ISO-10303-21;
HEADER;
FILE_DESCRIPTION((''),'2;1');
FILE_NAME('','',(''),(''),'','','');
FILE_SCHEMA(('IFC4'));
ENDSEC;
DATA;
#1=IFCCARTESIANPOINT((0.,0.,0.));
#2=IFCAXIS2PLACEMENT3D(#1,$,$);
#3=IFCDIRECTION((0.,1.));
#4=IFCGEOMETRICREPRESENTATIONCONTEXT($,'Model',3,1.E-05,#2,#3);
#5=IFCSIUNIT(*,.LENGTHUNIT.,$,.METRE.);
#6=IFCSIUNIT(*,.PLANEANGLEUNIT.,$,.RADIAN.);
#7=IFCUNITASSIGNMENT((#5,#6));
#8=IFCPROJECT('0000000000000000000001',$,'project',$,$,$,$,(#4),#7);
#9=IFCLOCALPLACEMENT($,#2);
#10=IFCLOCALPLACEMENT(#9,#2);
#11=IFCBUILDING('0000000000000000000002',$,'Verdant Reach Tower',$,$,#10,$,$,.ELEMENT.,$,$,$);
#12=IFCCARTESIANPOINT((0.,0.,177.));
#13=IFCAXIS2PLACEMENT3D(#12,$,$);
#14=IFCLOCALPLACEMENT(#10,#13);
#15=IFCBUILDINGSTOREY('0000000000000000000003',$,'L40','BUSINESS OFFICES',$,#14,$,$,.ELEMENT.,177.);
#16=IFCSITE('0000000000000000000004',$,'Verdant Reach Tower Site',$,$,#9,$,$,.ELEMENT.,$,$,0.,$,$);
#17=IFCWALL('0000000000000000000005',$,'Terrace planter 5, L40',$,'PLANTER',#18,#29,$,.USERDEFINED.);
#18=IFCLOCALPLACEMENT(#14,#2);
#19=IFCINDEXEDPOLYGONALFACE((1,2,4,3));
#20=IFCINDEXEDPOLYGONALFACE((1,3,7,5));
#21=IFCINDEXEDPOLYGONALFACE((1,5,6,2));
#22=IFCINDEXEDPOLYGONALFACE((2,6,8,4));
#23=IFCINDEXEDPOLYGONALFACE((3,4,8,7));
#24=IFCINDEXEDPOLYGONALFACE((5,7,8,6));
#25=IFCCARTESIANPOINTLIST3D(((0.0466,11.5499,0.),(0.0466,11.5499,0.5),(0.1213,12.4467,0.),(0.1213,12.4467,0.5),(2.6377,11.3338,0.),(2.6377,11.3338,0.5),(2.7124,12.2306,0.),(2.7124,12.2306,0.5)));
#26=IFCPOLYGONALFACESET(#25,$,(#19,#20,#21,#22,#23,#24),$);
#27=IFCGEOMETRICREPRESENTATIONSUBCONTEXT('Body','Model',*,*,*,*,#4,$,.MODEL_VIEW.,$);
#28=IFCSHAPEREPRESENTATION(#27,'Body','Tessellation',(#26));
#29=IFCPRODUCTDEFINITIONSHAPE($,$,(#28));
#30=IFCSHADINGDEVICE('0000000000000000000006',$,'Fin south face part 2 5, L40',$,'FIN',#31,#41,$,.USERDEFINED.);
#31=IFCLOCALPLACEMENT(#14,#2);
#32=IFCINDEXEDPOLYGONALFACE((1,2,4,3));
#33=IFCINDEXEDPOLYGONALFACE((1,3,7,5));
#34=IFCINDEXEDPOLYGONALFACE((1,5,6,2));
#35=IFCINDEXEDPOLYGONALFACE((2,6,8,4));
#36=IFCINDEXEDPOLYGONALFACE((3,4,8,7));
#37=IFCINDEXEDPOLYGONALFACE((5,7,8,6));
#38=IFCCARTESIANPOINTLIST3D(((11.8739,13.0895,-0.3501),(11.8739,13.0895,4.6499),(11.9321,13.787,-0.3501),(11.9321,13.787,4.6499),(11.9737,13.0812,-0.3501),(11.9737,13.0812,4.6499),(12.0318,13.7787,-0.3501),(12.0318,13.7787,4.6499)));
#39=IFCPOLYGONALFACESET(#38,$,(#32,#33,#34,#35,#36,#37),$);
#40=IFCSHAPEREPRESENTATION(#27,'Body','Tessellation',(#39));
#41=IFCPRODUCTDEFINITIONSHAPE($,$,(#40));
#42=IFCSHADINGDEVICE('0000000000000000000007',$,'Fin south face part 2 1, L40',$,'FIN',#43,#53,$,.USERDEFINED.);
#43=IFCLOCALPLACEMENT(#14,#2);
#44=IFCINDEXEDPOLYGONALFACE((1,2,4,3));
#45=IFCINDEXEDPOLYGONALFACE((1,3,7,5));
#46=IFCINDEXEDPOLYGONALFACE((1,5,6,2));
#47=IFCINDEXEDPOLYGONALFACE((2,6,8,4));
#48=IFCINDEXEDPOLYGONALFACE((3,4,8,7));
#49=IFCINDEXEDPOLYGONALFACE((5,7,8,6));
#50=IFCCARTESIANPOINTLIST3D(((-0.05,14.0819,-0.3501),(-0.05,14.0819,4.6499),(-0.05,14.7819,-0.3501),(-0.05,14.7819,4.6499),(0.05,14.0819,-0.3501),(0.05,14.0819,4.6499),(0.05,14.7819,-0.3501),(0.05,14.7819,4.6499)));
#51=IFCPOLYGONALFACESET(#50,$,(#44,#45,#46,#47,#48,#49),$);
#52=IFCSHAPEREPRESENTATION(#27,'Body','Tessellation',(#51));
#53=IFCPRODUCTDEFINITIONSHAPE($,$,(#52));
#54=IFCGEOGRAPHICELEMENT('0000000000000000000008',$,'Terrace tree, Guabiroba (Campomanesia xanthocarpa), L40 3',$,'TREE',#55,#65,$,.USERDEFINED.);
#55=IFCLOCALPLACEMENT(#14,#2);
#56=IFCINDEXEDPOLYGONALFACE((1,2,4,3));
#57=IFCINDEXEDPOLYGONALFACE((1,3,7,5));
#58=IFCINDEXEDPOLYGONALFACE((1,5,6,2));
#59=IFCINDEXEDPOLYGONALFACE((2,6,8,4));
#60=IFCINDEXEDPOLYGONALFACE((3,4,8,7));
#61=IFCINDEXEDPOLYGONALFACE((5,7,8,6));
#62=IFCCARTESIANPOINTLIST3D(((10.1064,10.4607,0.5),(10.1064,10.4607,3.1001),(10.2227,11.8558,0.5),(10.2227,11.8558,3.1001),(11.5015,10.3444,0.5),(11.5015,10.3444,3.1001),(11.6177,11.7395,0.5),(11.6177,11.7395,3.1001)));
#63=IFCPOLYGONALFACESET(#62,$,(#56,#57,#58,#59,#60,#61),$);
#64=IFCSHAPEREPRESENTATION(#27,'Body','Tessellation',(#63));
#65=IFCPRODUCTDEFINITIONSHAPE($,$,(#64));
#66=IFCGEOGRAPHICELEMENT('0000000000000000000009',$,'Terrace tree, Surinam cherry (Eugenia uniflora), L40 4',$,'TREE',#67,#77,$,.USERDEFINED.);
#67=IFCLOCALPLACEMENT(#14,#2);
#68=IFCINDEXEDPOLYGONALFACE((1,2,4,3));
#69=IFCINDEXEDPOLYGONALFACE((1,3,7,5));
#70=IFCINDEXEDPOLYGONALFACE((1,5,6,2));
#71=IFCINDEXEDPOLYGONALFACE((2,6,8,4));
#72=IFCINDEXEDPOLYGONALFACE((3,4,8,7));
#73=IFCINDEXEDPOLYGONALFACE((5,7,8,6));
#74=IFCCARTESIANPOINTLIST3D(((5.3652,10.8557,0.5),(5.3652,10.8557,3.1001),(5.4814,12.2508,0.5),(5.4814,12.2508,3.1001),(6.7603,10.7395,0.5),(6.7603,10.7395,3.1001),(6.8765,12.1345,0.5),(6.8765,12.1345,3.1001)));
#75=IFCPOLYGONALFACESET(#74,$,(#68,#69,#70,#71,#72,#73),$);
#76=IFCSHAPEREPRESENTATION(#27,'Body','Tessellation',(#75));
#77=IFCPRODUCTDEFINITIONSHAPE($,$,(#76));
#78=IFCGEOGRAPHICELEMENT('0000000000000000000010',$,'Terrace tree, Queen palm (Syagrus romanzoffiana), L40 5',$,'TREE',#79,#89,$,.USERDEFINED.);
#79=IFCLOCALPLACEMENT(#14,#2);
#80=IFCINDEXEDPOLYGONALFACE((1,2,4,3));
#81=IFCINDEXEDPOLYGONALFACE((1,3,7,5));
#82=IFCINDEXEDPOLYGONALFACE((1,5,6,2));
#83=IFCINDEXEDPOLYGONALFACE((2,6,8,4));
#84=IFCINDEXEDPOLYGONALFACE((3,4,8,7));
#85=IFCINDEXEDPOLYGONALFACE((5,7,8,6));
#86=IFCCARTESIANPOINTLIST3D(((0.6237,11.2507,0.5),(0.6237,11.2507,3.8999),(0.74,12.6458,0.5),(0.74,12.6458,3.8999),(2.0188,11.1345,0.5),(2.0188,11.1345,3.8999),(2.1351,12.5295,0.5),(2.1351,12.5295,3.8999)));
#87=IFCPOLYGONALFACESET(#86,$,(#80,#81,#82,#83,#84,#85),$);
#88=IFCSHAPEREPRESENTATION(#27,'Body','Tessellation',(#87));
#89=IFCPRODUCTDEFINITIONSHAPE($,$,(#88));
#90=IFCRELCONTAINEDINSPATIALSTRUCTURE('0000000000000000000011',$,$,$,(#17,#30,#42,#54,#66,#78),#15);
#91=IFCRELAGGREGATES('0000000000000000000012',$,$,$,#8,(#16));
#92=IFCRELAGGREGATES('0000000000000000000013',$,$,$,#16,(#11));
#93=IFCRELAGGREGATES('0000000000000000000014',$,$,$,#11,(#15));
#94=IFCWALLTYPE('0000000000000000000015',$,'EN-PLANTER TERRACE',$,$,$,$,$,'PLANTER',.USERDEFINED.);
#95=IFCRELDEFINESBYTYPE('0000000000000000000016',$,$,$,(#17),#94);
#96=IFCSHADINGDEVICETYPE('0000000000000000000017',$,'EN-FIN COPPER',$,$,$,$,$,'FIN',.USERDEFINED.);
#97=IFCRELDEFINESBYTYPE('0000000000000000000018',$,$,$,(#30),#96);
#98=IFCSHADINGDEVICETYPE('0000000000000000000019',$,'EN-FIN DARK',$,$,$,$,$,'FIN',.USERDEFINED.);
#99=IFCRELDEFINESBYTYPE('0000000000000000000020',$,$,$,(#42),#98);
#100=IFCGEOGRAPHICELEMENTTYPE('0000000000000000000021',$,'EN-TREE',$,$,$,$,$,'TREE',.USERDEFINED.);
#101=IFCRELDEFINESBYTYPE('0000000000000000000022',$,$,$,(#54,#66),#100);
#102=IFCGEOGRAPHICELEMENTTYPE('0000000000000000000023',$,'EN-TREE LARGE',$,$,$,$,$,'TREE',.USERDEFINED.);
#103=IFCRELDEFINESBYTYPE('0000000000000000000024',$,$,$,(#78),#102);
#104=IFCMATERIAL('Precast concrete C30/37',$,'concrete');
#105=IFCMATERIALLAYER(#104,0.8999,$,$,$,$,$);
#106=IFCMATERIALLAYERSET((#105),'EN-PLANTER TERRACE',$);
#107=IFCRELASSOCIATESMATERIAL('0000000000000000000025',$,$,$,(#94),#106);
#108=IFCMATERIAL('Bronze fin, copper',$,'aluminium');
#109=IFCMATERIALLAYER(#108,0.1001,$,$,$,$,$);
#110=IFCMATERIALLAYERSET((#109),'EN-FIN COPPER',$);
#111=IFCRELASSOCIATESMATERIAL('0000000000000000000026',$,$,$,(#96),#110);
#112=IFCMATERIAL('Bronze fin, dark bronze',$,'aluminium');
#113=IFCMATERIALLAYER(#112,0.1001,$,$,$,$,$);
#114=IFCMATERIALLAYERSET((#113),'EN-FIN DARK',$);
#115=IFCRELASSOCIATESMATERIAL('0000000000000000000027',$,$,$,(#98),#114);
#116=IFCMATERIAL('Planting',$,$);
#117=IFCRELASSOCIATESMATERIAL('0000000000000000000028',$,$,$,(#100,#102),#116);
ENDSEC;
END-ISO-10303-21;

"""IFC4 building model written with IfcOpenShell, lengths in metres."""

from ifc_helpers import new_model, si_unit, direction, frame, frame_2d, origin, origin_2d, place, context, subcontext, project, spatial, rectangle, extrude, material, layer, layer_set, type_object, element, save


model = new_model("IFC4")

# Units and contexts
model_context = context("Model", 3, precision=1e-05, world=origin(), true_north=direction((0.0, 1.0)))
body_context = subcontext(model_context, "Body", "Model", "MODEL_VIEW")
ifc_project = project(units=[si_unit("LENGTHUNIT", "METRE"), si_unit("PLANEANGLEUNIT", "RADIAN")], contexts=[model_context])

# Site, building, storey
site_placement = place(None, origin())
site = spatial("IfcSite", under=ifc_project, at=site_placement, Name="Verdant Reach Tower Site", CompositionType="ELEMENT", RefElevation=0.0)
building_placement = place(site_placement, origin())
building = spatial("IfcBuilding", under=site, at=building_placement, Name="Verdant Reach Tower", CompositionType="ELEMENT")
storey_placement = place(building_placement, frame((0.0, 0.0, 177.0)))
storey = spatial("IfcBuildingStorey", under=building, at=storey_placement, Name="L40", Description="BUSINESS OFFICES", CompositionType="ELEMENT", Elevation=177.0)

# Wall
ifc_material_1 = material(Name="Precast concrete C30/37", Category="concrete")
ifc_layer_1 = layer(ifc_material_1, 0.8999)
ifc_layer_set_1 = layer_set([ifc_layer_1], Name="EN-PLANTER TERRACE")
wall_type_1 = type_object("IfcWallType", Name="EN-PLANTER TERRACE", ElementType="PLANTER", PredefinedType="USERDEFINED", material=ifc_layer_set_1)
for number, where, z_axis, x_axis, name in (
    (1, (2.675, 11.7822, 0.0), (0.0, 0.0, 1.0), (-0.996541, 0.0831, 0.0), "Terrace planter 5, L40"),
):
    element("IfcWall", number, at=place(storey_placement, frame(where, z_axis=z_axis, x_axis=x_axis)), inside=storey, type_object=wall_type_1, Name=name, ObjectType="PLANTER", PredefinedType="USERDEFINED", context=body_context, shape_type="SweptSolid", body=[
        extrude(rectangle(XDim=2.6001, YDim=0.8999, at=frame_2d((1.3, 0.0))), origin(), (0.0, 0.0, 1.0), 0.5),
    ])

# Shading devices
ifc_material_2 = material(Name="Bronze fin, copper", Category="aluminium")
ifc_layer_2 = layer(ifc_material_2, 0.1001)
ifc_layer_set_2 = layer_set([ifc_layer_2], Name="EN-FIN COPPER")
shading_device_type_1 = type_object("IfcShadingDeviceType", Name="EN-FIN COPPER", ElementType="FIN", PredefinedType="USERDEFINED", material=ifc_layer_set_2)
shading_device_1_placement = place(storey_placement, frame((11.9529, 13.4341, -0.3501), z_axis=(0.0, 0.0, 1.0), x_axis=(0.996546, -0.083045, 0.0)))
element("IfcShadingDevice", 2, at=shading_device_1_placement, inside=storey, type_object=shading_device_type_1, Name="Fin south face part 2 5, L40", ObjectType="FIN", PredefinedType="USERDEFINED", context=body_context, shape_type="SweptSolid", body=[
    extrude(rectangle(XDim=0.1001, YDim=0.7, at=origin_2d()), origin(), (0.0, 0.0, 1.0), 5.0),
])
ifc_material_3 = material(Name="Bronze fin, dark bronze", Category="aluminium")
ifc_layer_3 = layer(ifc_material_3, 0.1001)
ifc_layer_set_3 = layer_set([ifc_layer_3], Name="EN-FIN DARK")
shading_device_type_2 = type_object("IfcShadingDeviceType", Name="EN-FIN DARK", ElementType="FIN", PredefinedType="USERDEFINED", material=ifc_layer_set_3)
shading_device_2_placement = place(storey_placement, frame((0.0, 14.4319, -0.3501), z_axis=(0.0, 0.0, 1.0), x_axis=(1.0, 0.0, 0.0)))
element("IfcShadingDevice", 3, at=shading_device_2_placement, inside=storey, type_object=shading_device_type_2, Name="Fin south face part 2 1, L40", ObjectType="FIN", PredefinedType="USERDEFINED", context=body_context, shape_type="SweptSolid", body=[
    extrude(rectangle(XDim=0.1001, YDim=0.7, at=origin_2d()), origin(), (0.0, 0.0, 1.0), 5.0),
])

# Geographic elements
ifc_material_4 = material(Name="Planting")
geographic_element_type_1 = type_object("IfcGeographicElementType", Name="EN-TREE", ElementType="TREE", PredefinedType="USERDEFINED", material=ifc_material_4)
for number, where, z_axis, x_axis, name in (
    (4, (10.8621, 11.1001, 0.5), (0.0, 0.0, 1.0), (-0.996546, 0.083045, 0.0), "Terrace tree, Guabiroba (Campomanesia xanthocarpa), L40 3"),
    (5, (6.1208, 11.4951, 0.5), (0.0, 0.0, 1.0), (-0.996546, 0.083045, 0.0), "Terrace tree, Surinam cherry (Eugenia uniflora), L40 4"),
):
    element("IfcGeographicElement", number, at=place(storey_placement, frame(where, z_axis=z_axis, x_axis=x_axis)), inside=storey, type_object=geographic_element_type_1, Name=name, ObjectType="TREE", PredefinedType="USERDEFINED", context=body_context, shape_type="SweptSolid", body=[
        extrude(rectangle(XDim=1.3999, YDim=1.3999, at=origin_2d()), origin(), (0.0, 0.0, 1.0), 2.6001),
    ])
geographic_element_type_2 = type_object("IfcGeographicElementType", Name="EN-TREE LARGE", ElementType="TREE", PredefinedType="USERDEFINED", material=ifc_material_4)
geographic_element_placement = place(storey_placement, frame((1.3794, 11.8901, 0.5), z_axis=(0.0, 0.0, 1.0), x_axis=(-0.996546, 0.083045, 0.0)))
element("IfcGeographicElement", 6, at=geographic_element_placement, inside=storey, type_object=geographic_element_type_2, Name="Terrace tree, Queen palm (Syagrus romanzoffiana), L40 5", ObjectType="TREE", PredefinedType="USERDEFINED", context=body_context, shape_type="SweptSolid", body=[
    extrude(rectangle(XDim=1.3999, YDim=1.3999, at=origin_2d()), origin(), (0.0, 0.0, 1.0), 3.3999),
])

save(model, "model.ifc")
